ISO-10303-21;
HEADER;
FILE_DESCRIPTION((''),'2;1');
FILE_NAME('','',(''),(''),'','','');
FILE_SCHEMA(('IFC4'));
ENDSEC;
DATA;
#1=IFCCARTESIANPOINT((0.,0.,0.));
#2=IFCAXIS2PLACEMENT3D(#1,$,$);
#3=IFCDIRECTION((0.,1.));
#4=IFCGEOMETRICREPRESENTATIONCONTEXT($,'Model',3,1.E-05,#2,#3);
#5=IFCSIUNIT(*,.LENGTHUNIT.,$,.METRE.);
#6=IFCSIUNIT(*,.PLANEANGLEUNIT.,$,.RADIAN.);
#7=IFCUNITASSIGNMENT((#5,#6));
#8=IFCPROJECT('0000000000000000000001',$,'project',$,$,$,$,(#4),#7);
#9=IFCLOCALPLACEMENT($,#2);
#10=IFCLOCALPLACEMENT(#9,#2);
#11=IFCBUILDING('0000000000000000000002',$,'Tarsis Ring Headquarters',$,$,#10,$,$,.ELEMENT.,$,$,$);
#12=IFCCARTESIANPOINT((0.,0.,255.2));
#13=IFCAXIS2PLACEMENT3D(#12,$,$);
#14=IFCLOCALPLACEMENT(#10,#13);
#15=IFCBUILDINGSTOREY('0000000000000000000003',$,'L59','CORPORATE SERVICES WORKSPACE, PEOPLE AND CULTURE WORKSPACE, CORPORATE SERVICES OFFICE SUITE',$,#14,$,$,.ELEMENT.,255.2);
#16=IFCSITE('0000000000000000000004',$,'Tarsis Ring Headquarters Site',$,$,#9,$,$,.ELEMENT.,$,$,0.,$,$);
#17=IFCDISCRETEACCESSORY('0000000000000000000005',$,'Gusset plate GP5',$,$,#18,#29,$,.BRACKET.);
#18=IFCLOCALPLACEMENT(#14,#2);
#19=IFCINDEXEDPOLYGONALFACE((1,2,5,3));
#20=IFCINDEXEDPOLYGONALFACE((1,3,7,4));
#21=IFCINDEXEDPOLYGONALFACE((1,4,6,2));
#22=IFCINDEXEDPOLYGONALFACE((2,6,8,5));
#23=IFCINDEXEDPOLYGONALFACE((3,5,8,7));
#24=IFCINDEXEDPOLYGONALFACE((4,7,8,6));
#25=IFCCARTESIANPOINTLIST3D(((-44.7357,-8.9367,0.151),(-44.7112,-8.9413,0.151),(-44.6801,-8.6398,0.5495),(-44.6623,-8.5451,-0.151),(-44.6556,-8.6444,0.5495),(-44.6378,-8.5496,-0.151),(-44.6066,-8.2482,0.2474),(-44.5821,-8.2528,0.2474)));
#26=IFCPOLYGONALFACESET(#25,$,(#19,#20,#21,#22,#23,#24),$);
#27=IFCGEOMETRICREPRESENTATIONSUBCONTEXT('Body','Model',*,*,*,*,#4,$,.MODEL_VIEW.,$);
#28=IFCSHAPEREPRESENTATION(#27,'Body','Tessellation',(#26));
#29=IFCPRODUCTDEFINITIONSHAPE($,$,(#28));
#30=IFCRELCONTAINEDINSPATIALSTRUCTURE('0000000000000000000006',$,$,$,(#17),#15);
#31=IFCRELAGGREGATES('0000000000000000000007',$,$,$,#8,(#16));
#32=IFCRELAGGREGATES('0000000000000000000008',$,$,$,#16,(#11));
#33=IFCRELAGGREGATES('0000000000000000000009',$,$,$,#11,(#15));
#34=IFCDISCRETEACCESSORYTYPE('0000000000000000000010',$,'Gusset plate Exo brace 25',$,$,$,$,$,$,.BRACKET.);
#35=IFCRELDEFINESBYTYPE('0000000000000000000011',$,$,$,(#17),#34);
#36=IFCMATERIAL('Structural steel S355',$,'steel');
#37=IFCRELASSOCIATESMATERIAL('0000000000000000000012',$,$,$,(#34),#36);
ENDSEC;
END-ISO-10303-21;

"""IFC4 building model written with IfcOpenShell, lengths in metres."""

from ifc_helpers import new_model, si_unit, direction, frame, origin, origin_2d, place, context, subcontext, project, spatial, rectangle, extrude, material, material_profile, profile_set, type_object, element, save


model = new_model("IFC4")

# Units and contexts
model_context = context("Model", 3, precision=1e-05, world=origin(), true_north=direction((0.0, 1.0)))
body_context = subcontext(model_context, "Body", "Model", "MODEL_VIEW")
ifc_project = project(units=[si_unit("LENGTHUNIT", "METRE"), si_unit("PLANEANGLEUNIT", "RADIAN")], contexts=[model_context])

# Site, building, storey
site_placement = place(None, origin())
site = spatial("IfcSite", under=ifc_project, at=site_placement, Name="Tarsis Ring Headquarters Site", CompositionType="ELEMENT", RefElevation=0.0)
building_placement = place(site_placement, origin())
building = spatial("IfcBuilding", under=site, at=building_placement, Name="Tarsis Ring Headquarters", CompositionType="ELEMENT")
storey_placement = place(building_placement, frame((0.0, 0.0, 255.2)))
storey = spatial("IfcBuildingStorey", under=building, at=storey_placement, Name="L59", Description="CORPORATE SERVICES WORKSPACE, PEOPLE AND CULTURE WORKSPACE, CORPORATE SERVICES OFFICE SUITE", CompositionType="ELEMENT", Elevation=255.2)

# Shared definitions
ifc_material_1 = material(Name="Structural steel S355", Category="steel")

# Discrete accessory
ifc_material_profile_1 = material_profile(ifc_material_1, rectangle(XDim=0.0249, YDim=0.5, at=origin_2d()), Name="PL 25x500")
ifc_profile_set_1 = profile_set([ifc_material_profile_1], Name="Structural steel S355")
discrete_accessory_type = type_object("IfcDiscreteAccessoryType", Name="Gusset plate Exo brace 25", PredefinedType="BRACKET", material=ifc_profile_set_1)
discrete_accessory_placement = place(storey_placement, frame((-44.6868, -8.7432, 0.0), z_axis=(0.111331, 0.593767, 0.796898), x_axis=(-0.982872, 0.184289, 0.0)))
element("IfcDiscreteAccessory", 1, at=discrete_accessory_placement, inside=storey, type_object=discrete_accessory_type, Name="Gusset plate GP5", PredefinedType="BRACKET", context=body_context, shape_type="SweptSolid", body=[
    extrude(rectangle(XDim=0.0249, YDim=0.5, at=origin_2d()), origin(), (0.0, 0.0, 1.0), 0.5),
])

save(model, "model.ifc")
